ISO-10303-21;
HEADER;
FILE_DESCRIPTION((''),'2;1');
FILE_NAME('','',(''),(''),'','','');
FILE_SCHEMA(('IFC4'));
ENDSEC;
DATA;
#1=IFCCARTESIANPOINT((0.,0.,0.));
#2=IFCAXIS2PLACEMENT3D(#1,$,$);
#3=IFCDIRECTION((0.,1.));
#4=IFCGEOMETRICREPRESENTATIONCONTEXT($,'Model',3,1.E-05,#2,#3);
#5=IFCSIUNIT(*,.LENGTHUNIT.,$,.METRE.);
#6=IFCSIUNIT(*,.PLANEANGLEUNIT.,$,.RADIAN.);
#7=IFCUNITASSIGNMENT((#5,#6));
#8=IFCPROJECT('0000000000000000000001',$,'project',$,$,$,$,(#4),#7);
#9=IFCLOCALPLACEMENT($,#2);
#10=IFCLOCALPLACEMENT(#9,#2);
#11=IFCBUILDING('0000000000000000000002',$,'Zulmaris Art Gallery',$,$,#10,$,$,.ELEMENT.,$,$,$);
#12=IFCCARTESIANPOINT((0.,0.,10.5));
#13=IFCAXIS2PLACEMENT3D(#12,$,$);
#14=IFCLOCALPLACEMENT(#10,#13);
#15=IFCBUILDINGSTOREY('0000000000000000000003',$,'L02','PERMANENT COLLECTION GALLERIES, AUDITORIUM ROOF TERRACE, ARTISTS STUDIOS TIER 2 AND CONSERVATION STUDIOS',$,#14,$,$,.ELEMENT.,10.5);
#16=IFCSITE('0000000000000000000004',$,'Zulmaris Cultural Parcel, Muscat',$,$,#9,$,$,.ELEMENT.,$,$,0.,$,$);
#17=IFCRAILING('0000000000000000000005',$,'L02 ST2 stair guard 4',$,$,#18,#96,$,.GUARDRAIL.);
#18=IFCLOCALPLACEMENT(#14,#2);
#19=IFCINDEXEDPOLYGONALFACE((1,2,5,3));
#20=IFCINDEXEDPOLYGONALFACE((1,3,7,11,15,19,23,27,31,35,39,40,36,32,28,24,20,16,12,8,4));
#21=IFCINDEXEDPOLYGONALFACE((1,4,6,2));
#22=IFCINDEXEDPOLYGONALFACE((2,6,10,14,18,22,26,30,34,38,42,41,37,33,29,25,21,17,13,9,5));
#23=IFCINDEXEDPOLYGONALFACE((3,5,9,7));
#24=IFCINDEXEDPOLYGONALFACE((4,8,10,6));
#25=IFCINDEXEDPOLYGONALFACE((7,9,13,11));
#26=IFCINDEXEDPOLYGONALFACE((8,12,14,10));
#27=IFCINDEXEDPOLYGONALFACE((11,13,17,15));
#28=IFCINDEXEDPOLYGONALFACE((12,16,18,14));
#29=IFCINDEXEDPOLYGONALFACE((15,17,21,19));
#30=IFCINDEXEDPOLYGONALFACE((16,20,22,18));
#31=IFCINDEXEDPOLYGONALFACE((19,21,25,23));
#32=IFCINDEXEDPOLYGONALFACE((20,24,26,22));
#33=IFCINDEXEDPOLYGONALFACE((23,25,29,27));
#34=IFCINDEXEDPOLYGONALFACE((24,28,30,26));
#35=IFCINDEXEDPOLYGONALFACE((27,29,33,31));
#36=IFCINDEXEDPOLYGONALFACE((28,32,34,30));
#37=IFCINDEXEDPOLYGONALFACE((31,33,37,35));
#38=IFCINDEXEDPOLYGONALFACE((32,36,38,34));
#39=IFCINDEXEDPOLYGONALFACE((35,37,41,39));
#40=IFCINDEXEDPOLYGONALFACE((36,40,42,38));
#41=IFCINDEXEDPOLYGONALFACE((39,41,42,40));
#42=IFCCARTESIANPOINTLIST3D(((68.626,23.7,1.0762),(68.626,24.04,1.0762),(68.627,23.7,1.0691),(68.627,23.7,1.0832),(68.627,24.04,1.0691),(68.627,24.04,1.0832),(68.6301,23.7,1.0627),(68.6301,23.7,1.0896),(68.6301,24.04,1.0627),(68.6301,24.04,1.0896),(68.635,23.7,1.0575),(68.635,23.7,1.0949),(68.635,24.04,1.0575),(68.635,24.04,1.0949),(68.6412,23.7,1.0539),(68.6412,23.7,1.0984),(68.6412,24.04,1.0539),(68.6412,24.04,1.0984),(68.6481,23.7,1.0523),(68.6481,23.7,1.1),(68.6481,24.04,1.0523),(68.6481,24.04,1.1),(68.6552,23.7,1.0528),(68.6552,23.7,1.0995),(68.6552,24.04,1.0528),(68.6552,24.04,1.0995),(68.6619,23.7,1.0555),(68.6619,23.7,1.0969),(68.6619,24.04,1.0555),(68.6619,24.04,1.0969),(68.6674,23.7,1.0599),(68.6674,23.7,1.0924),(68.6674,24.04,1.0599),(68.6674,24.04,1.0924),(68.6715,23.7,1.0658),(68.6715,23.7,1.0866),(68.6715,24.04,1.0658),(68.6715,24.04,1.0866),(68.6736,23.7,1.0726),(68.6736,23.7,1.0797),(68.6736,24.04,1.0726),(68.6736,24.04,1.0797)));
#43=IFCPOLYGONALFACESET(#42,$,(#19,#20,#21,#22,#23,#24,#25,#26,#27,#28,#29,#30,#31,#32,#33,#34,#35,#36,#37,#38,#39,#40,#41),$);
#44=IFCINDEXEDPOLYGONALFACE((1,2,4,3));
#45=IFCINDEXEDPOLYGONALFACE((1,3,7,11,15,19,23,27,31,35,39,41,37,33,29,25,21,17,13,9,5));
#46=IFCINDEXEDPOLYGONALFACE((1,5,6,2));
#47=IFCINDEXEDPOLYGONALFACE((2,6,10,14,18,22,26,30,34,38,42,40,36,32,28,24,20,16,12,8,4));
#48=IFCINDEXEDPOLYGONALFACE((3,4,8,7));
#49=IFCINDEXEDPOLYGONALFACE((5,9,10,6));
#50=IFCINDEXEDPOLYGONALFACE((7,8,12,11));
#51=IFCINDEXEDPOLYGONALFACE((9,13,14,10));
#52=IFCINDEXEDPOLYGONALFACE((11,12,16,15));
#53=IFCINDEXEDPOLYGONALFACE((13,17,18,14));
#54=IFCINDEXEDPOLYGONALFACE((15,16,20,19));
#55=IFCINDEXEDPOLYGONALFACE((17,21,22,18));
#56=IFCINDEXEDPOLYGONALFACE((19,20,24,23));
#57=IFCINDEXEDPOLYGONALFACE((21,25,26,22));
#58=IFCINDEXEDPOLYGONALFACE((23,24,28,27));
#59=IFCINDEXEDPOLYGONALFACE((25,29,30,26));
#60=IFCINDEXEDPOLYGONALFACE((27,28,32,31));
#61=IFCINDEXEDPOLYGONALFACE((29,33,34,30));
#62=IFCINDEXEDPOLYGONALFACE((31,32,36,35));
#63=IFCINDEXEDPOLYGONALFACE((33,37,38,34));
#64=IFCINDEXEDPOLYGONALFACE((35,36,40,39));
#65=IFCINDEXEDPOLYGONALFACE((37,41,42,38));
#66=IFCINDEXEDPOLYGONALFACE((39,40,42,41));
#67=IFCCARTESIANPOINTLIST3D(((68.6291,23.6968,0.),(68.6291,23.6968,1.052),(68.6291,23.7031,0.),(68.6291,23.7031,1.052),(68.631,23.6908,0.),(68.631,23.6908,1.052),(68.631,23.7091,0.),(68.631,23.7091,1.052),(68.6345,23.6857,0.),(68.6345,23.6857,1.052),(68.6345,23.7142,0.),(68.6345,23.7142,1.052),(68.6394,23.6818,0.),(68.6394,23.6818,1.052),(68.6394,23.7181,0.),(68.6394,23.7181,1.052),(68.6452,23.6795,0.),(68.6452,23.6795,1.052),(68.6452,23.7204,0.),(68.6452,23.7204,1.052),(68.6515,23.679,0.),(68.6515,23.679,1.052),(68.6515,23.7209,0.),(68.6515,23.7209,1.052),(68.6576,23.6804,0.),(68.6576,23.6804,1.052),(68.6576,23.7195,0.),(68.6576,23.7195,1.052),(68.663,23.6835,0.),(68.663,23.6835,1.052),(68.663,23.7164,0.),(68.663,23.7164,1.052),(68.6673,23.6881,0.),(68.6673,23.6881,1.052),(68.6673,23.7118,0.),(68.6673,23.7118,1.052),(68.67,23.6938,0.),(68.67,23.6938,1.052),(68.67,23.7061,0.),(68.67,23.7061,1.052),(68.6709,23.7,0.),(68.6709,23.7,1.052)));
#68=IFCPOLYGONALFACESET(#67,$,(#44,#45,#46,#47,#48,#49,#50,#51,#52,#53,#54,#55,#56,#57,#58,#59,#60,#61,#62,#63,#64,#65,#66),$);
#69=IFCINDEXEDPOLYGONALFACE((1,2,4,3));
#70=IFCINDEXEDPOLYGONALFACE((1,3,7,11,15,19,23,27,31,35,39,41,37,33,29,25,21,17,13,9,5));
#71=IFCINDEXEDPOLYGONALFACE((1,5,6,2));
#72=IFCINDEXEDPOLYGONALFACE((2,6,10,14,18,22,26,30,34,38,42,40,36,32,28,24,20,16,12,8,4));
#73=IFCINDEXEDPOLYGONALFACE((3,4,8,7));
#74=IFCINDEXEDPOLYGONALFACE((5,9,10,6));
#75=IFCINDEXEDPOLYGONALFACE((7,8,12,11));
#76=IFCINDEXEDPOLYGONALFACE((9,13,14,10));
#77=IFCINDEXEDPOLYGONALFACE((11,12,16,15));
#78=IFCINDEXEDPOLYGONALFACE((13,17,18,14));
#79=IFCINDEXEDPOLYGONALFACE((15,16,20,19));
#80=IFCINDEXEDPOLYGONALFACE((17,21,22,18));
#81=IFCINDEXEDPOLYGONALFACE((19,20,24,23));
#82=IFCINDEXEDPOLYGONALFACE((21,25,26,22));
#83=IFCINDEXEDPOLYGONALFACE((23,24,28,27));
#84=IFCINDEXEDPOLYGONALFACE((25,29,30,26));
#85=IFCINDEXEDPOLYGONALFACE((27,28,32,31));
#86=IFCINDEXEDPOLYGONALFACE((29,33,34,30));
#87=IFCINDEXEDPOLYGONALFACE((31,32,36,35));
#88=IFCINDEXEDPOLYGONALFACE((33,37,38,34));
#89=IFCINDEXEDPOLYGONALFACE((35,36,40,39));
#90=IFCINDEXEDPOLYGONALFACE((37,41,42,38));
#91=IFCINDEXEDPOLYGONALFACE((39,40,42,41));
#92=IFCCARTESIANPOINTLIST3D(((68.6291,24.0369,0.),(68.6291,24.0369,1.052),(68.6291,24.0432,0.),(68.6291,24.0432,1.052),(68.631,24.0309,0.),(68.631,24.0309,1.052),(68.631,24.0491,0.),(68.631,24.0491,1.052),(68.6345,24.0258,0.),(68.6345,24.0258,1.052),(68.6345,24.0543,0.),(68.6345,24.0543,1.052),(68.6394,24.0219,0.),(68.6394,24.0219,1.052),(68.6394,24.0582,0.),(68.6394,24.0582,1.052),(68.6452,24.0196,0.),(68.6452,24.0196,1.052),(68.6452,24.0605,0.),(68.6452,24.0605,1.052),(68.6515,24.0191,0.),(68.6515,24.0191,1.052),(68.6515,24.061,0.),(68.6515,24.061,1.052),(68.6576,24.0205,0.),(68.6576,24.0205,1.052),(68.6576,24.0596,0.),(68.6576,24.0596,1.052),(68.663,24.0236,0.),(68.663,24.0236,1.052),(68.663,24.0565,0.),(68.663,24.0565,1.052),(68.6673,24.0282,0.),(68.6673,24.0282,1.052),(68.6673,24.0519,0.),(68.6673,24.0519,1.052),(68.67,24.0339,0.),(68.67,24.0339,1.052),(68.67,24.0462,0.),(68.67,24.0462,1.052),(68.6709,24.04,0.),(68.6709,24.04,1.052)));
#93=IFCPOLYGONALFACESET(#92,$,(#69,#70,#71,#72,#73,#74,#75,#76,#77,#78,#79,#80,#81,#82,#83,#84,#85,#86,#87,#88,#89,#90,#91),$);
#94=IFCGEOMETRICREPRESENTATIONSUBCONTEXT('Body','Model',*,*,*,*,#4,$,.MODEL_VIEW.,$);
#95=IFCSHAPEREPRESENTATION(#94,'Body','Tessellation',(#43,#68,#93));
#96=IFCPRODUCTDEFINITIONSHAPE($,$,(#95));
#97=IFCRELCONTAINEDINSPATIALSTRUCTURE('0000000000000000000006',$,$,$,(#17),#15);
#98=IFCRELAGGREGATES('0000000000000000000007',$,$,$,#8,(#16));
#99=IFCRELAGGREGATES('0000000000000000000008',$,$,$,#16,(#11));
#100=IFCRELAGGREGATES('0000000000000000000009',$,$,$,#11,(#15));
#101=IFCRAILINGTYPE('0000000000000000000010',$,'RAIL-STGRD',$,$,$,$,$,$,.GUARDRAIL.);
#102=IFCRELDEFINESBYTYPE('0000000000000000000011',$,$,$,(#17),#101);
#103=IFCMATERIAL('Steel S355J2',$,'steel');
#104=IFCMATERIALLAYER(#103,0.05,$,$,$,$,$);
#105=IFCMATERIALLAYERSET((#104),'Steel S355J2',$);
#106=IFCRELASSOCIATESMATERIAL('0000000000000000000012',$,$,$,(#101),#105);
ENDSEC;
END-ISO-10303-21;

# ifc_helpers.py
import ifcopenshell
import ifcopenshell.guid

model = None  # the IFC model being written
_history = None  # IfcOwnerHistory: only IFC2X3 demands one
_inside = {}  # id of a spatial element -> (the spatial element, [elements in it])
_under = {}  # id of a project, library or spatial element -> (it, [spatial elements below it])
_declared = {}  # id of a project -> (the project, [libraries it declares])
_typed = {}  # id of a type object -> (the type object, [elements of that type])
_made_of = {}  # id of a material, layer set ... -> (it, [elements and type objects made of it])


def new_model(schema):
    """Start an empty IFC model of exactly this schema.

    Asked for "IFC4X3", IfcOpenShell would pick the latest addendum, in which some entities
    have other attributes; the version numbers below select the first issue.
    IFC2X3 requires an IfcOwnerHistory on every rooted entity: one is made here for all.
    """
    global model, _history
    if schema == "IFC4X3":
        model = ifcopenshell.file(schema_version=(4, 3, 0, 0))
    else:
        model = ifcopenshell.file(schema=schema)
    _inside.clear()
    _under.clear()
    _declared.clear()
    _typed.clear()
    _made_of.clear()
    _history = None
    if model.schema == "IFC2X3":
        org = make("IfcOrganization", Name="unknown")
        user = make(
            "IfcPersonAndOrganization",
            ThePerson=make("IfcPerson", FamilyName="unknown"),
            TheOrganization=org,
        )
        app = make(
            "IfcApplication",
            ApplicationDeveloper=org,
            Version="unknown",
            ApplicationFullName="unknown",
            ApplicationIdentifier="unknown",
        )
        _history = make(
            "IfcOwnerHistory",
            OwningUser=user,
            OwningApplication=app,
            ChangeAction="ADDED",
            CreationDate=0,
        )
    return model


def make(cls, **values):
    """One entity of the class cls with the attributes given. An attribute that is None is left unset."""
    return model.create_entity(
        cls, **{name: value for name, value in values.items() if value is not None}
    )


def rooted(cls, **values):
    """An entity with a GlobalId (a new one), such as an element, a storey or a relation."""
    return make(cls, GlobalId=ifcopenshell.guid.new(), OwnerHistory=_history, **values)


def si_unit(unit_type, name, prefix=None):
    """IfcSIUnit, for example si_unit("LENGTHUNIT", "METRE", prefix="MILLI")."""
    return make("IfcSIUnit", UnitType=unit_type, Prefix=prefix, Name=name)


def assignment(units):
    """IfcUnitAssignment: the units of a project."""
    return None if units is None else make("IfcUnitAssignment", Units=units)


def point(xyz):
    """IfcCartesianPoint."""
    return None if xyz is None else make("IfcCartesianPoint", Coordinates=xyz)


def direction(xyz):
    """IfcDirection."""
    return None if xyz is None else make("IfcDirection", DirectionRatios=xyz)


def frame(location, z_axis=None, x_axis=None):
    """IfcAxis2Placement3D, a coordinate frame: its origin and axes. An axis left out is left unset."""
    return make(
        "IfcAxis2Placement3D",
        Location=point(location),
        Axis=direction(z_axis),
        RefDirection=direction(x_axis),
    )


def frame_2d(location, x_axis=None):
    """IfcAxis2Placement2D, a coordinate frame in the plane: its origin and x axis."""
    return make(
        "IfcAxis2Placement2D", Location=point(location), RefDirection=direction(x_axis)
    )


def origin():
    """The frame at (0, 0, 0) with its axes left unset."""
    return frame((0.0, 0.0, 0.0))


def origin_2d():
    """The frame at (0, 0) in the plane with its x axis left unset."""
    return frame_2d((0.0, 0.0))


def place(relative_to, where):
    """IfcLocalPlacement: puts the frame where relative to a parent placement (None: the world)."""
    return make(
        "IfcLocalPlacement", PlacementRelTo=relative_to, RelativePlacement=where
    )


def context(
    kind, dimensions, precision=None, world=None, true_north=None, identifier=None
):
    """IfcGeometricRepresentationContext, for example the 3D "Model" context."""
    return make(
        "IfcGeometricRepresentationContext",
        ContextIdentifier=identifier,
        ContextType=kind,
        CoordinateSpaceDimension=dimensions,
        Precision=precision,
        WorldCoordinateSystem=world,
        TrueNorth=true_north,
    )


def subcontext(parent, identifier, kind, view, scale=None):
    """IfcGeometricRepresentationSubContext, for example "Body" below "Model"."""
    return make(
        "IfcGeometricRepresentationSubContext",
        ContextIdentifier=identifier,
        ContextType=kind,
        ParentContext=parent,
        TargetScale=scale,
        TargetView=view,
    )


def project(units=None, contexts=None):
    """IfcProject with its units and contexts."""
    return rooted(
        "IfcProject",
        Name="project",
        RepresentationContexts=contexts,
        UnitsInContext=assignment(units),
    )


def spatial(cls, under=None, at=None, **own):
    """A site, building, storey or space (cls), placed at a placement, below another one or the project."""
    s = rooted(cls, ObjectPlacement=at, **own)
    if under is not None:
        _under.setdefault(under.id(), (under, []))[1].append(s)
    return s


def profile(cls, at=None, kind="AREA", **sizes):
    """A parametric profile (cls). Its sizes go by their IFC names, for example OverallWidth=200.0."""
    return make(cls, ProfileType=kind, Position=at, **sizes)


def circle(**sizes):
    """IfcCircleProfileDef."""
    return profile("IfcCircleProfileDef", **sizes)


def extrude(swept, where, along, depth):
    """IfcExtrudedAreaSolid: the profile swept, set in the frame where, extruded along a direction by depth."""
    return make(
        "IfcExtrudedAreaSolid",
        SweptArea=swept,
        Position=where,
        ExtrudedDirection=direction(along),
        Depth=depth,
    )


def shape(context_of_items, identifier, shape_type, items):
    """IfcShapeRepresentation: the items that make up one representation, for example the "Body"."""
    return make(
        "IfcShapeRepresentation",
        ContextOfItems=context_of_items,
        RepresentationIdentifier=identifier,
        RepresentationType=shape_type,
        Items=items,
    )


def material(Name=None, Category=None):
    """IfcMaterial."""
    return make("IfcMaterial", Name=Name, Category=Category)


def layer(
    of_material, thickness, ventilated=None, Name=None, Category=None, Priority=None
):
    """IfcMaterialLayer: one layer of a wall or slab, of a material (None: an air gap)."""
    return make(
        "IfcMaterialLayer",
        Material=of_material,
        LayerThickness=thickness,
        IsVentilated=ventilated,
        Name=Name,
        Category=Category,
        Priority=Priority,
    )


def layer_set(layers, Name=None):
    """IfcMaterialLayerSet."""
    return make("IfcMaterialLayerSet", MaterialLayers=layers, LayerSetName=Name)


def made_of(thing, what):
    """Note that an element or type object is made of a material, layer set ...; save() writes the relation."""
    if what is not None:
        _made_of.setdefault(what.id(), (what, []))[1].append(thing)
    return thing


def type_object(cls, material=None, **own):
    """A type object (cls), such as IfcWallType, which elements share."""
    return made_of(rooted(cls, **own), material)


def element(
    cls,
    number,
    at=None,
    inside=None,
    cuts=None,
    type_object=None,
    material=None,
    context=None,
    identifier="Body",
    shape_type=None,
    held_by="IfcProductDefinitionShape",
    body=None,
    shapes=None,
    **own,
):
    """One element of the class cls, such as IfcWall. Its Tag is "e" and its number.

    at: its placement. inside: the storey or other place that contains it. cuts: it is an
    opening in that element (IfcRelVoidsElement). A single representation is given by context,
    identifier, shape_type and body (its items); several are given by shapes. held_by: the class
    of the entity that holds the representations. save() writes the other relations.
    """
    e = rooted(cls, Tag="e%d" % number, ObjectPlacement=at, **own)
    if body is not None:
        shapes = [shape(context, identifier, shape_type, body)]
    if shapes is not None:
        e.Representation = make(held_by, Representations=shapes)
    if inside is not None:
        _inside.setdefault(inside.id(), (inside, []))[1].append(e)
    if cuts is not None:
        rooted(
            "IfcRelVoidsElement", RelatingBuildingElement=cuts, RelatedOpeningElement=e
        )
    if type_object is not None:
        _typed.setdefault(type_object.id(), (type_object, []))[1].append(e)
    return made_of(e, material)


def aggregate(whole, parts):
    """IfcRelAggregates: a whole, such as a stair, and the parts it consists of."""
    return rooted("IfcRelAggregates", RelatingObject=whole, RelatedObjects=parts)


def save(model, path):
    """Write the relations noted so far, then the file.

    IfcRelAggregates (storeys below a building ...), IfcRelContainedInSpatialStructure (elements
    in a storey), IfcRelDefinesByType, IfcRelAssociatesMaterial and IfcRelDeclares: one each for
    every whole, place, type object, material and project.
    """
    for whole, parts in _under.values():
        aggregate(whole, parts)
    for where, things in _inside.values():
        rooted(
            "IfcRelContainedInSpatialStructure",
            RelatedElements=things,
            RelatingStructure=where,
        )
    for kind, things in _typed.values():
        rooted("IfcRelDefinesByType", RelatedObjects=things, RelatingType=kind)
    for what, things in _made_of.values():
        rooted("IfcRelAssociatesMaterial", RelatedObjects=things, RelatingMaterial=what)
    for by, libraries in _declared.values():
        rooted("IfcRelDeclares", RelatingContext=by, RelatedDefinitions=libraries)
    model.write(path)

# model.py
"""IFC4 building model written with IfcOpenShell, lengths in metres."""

from ifc_helpers import new_model, si_unit, direction, frame, origin, origin_2d, place, context, subcontext, project, spatial, circle, extrude, material, layer, layer_set, type_object, element, save


model = new_model("IFC4")

# Units and contexts
model_context = context("Model", 3, precision=1e-05, world=origin(), true_north=direction((0.0, 1.0)))
body_context = subcontext(model_context, "Body", "Model", "MODEL_VIEW")
ifc_project = project(units=[si_unit("LENGTHUNIT", "METRE"), si_unit("PLANEANGLEUNIT", "RADIAN")], contexts=[model_context])

# Site, building, storey
site_placement = place(None, origin())
site = spatial("IfcSite", under=ifc_project, at=site_placement, Name="Zulmaris Cultural Parcel, Muscat", CompositionType="ELEMENT", RefElevation=0.0)
building_placement = place(site_placement, origin())
building = spatial("IfcBuilding", under=site, at=building_placement, Name="Zulmaris Art Gallery", CompositionType="ELEMENT")
storey_placement = place(building_placement, frame((0.0, 0.0, 10.5)))
storey = spatial("IfcBuildingStorey", under=building, at=storey_placement, Name="L02", Description="PERMANENT COLLECTION GALLERIES, AUDITORIUM ROOF TERRACE, ARTISTS STUDIOS TIER 2 AND CONSERVATION STUDIOS", CompositionType="ELEMENT", Elevation=10.5)

# Shared definitions
ifc_material_1 = material(Name="Steel S355J2", Category="steel")

# Railing
ifc_layer_1 = layer(ifc_material_1, 0.05)
ifc_layer_set_1 = layer_set([ifc_layer_1], Name="Steel S355J2")
railing_type_1 = type_object("IfcRailingType", Name="RAIL-STGRD", PredefinedType="GUARDRAIL", material=ifc_layer_set_1)
railing_1_placement = place(storey_placement, frame((68.6499, 23.7, 0.0)))
element("IfcRailing", 1, at=railing_1_placement, inside=storey, type_object=railing_type_1, Name="L02 ST2 stair guard 4", PredefinedType="GUARDRAIL", context=body_context, shape_type="SweptSolid", body=[
    extrude(circle(Radius=0.0239, at=origin_2d()), frame((0.0, 0.0, 1.0762), z_axis=(0.0, 1.0, 0.0), x_axis=(-1.0, 0.0, 0.0)), (0.0, 0.0, 1.0), 0.3401),
    extrude(circle(Radius=0.021, at=origin_2d()), origin(), (0.0, 0.0, 1.0), 1.052),
    extrude(circle(Radius=0.021, at=origin_2d()), frame((0.0, 0.3401, 0.0)), (0.0, 0.0, 1.0), 1.052),
])

save(model, "model.ifc")
